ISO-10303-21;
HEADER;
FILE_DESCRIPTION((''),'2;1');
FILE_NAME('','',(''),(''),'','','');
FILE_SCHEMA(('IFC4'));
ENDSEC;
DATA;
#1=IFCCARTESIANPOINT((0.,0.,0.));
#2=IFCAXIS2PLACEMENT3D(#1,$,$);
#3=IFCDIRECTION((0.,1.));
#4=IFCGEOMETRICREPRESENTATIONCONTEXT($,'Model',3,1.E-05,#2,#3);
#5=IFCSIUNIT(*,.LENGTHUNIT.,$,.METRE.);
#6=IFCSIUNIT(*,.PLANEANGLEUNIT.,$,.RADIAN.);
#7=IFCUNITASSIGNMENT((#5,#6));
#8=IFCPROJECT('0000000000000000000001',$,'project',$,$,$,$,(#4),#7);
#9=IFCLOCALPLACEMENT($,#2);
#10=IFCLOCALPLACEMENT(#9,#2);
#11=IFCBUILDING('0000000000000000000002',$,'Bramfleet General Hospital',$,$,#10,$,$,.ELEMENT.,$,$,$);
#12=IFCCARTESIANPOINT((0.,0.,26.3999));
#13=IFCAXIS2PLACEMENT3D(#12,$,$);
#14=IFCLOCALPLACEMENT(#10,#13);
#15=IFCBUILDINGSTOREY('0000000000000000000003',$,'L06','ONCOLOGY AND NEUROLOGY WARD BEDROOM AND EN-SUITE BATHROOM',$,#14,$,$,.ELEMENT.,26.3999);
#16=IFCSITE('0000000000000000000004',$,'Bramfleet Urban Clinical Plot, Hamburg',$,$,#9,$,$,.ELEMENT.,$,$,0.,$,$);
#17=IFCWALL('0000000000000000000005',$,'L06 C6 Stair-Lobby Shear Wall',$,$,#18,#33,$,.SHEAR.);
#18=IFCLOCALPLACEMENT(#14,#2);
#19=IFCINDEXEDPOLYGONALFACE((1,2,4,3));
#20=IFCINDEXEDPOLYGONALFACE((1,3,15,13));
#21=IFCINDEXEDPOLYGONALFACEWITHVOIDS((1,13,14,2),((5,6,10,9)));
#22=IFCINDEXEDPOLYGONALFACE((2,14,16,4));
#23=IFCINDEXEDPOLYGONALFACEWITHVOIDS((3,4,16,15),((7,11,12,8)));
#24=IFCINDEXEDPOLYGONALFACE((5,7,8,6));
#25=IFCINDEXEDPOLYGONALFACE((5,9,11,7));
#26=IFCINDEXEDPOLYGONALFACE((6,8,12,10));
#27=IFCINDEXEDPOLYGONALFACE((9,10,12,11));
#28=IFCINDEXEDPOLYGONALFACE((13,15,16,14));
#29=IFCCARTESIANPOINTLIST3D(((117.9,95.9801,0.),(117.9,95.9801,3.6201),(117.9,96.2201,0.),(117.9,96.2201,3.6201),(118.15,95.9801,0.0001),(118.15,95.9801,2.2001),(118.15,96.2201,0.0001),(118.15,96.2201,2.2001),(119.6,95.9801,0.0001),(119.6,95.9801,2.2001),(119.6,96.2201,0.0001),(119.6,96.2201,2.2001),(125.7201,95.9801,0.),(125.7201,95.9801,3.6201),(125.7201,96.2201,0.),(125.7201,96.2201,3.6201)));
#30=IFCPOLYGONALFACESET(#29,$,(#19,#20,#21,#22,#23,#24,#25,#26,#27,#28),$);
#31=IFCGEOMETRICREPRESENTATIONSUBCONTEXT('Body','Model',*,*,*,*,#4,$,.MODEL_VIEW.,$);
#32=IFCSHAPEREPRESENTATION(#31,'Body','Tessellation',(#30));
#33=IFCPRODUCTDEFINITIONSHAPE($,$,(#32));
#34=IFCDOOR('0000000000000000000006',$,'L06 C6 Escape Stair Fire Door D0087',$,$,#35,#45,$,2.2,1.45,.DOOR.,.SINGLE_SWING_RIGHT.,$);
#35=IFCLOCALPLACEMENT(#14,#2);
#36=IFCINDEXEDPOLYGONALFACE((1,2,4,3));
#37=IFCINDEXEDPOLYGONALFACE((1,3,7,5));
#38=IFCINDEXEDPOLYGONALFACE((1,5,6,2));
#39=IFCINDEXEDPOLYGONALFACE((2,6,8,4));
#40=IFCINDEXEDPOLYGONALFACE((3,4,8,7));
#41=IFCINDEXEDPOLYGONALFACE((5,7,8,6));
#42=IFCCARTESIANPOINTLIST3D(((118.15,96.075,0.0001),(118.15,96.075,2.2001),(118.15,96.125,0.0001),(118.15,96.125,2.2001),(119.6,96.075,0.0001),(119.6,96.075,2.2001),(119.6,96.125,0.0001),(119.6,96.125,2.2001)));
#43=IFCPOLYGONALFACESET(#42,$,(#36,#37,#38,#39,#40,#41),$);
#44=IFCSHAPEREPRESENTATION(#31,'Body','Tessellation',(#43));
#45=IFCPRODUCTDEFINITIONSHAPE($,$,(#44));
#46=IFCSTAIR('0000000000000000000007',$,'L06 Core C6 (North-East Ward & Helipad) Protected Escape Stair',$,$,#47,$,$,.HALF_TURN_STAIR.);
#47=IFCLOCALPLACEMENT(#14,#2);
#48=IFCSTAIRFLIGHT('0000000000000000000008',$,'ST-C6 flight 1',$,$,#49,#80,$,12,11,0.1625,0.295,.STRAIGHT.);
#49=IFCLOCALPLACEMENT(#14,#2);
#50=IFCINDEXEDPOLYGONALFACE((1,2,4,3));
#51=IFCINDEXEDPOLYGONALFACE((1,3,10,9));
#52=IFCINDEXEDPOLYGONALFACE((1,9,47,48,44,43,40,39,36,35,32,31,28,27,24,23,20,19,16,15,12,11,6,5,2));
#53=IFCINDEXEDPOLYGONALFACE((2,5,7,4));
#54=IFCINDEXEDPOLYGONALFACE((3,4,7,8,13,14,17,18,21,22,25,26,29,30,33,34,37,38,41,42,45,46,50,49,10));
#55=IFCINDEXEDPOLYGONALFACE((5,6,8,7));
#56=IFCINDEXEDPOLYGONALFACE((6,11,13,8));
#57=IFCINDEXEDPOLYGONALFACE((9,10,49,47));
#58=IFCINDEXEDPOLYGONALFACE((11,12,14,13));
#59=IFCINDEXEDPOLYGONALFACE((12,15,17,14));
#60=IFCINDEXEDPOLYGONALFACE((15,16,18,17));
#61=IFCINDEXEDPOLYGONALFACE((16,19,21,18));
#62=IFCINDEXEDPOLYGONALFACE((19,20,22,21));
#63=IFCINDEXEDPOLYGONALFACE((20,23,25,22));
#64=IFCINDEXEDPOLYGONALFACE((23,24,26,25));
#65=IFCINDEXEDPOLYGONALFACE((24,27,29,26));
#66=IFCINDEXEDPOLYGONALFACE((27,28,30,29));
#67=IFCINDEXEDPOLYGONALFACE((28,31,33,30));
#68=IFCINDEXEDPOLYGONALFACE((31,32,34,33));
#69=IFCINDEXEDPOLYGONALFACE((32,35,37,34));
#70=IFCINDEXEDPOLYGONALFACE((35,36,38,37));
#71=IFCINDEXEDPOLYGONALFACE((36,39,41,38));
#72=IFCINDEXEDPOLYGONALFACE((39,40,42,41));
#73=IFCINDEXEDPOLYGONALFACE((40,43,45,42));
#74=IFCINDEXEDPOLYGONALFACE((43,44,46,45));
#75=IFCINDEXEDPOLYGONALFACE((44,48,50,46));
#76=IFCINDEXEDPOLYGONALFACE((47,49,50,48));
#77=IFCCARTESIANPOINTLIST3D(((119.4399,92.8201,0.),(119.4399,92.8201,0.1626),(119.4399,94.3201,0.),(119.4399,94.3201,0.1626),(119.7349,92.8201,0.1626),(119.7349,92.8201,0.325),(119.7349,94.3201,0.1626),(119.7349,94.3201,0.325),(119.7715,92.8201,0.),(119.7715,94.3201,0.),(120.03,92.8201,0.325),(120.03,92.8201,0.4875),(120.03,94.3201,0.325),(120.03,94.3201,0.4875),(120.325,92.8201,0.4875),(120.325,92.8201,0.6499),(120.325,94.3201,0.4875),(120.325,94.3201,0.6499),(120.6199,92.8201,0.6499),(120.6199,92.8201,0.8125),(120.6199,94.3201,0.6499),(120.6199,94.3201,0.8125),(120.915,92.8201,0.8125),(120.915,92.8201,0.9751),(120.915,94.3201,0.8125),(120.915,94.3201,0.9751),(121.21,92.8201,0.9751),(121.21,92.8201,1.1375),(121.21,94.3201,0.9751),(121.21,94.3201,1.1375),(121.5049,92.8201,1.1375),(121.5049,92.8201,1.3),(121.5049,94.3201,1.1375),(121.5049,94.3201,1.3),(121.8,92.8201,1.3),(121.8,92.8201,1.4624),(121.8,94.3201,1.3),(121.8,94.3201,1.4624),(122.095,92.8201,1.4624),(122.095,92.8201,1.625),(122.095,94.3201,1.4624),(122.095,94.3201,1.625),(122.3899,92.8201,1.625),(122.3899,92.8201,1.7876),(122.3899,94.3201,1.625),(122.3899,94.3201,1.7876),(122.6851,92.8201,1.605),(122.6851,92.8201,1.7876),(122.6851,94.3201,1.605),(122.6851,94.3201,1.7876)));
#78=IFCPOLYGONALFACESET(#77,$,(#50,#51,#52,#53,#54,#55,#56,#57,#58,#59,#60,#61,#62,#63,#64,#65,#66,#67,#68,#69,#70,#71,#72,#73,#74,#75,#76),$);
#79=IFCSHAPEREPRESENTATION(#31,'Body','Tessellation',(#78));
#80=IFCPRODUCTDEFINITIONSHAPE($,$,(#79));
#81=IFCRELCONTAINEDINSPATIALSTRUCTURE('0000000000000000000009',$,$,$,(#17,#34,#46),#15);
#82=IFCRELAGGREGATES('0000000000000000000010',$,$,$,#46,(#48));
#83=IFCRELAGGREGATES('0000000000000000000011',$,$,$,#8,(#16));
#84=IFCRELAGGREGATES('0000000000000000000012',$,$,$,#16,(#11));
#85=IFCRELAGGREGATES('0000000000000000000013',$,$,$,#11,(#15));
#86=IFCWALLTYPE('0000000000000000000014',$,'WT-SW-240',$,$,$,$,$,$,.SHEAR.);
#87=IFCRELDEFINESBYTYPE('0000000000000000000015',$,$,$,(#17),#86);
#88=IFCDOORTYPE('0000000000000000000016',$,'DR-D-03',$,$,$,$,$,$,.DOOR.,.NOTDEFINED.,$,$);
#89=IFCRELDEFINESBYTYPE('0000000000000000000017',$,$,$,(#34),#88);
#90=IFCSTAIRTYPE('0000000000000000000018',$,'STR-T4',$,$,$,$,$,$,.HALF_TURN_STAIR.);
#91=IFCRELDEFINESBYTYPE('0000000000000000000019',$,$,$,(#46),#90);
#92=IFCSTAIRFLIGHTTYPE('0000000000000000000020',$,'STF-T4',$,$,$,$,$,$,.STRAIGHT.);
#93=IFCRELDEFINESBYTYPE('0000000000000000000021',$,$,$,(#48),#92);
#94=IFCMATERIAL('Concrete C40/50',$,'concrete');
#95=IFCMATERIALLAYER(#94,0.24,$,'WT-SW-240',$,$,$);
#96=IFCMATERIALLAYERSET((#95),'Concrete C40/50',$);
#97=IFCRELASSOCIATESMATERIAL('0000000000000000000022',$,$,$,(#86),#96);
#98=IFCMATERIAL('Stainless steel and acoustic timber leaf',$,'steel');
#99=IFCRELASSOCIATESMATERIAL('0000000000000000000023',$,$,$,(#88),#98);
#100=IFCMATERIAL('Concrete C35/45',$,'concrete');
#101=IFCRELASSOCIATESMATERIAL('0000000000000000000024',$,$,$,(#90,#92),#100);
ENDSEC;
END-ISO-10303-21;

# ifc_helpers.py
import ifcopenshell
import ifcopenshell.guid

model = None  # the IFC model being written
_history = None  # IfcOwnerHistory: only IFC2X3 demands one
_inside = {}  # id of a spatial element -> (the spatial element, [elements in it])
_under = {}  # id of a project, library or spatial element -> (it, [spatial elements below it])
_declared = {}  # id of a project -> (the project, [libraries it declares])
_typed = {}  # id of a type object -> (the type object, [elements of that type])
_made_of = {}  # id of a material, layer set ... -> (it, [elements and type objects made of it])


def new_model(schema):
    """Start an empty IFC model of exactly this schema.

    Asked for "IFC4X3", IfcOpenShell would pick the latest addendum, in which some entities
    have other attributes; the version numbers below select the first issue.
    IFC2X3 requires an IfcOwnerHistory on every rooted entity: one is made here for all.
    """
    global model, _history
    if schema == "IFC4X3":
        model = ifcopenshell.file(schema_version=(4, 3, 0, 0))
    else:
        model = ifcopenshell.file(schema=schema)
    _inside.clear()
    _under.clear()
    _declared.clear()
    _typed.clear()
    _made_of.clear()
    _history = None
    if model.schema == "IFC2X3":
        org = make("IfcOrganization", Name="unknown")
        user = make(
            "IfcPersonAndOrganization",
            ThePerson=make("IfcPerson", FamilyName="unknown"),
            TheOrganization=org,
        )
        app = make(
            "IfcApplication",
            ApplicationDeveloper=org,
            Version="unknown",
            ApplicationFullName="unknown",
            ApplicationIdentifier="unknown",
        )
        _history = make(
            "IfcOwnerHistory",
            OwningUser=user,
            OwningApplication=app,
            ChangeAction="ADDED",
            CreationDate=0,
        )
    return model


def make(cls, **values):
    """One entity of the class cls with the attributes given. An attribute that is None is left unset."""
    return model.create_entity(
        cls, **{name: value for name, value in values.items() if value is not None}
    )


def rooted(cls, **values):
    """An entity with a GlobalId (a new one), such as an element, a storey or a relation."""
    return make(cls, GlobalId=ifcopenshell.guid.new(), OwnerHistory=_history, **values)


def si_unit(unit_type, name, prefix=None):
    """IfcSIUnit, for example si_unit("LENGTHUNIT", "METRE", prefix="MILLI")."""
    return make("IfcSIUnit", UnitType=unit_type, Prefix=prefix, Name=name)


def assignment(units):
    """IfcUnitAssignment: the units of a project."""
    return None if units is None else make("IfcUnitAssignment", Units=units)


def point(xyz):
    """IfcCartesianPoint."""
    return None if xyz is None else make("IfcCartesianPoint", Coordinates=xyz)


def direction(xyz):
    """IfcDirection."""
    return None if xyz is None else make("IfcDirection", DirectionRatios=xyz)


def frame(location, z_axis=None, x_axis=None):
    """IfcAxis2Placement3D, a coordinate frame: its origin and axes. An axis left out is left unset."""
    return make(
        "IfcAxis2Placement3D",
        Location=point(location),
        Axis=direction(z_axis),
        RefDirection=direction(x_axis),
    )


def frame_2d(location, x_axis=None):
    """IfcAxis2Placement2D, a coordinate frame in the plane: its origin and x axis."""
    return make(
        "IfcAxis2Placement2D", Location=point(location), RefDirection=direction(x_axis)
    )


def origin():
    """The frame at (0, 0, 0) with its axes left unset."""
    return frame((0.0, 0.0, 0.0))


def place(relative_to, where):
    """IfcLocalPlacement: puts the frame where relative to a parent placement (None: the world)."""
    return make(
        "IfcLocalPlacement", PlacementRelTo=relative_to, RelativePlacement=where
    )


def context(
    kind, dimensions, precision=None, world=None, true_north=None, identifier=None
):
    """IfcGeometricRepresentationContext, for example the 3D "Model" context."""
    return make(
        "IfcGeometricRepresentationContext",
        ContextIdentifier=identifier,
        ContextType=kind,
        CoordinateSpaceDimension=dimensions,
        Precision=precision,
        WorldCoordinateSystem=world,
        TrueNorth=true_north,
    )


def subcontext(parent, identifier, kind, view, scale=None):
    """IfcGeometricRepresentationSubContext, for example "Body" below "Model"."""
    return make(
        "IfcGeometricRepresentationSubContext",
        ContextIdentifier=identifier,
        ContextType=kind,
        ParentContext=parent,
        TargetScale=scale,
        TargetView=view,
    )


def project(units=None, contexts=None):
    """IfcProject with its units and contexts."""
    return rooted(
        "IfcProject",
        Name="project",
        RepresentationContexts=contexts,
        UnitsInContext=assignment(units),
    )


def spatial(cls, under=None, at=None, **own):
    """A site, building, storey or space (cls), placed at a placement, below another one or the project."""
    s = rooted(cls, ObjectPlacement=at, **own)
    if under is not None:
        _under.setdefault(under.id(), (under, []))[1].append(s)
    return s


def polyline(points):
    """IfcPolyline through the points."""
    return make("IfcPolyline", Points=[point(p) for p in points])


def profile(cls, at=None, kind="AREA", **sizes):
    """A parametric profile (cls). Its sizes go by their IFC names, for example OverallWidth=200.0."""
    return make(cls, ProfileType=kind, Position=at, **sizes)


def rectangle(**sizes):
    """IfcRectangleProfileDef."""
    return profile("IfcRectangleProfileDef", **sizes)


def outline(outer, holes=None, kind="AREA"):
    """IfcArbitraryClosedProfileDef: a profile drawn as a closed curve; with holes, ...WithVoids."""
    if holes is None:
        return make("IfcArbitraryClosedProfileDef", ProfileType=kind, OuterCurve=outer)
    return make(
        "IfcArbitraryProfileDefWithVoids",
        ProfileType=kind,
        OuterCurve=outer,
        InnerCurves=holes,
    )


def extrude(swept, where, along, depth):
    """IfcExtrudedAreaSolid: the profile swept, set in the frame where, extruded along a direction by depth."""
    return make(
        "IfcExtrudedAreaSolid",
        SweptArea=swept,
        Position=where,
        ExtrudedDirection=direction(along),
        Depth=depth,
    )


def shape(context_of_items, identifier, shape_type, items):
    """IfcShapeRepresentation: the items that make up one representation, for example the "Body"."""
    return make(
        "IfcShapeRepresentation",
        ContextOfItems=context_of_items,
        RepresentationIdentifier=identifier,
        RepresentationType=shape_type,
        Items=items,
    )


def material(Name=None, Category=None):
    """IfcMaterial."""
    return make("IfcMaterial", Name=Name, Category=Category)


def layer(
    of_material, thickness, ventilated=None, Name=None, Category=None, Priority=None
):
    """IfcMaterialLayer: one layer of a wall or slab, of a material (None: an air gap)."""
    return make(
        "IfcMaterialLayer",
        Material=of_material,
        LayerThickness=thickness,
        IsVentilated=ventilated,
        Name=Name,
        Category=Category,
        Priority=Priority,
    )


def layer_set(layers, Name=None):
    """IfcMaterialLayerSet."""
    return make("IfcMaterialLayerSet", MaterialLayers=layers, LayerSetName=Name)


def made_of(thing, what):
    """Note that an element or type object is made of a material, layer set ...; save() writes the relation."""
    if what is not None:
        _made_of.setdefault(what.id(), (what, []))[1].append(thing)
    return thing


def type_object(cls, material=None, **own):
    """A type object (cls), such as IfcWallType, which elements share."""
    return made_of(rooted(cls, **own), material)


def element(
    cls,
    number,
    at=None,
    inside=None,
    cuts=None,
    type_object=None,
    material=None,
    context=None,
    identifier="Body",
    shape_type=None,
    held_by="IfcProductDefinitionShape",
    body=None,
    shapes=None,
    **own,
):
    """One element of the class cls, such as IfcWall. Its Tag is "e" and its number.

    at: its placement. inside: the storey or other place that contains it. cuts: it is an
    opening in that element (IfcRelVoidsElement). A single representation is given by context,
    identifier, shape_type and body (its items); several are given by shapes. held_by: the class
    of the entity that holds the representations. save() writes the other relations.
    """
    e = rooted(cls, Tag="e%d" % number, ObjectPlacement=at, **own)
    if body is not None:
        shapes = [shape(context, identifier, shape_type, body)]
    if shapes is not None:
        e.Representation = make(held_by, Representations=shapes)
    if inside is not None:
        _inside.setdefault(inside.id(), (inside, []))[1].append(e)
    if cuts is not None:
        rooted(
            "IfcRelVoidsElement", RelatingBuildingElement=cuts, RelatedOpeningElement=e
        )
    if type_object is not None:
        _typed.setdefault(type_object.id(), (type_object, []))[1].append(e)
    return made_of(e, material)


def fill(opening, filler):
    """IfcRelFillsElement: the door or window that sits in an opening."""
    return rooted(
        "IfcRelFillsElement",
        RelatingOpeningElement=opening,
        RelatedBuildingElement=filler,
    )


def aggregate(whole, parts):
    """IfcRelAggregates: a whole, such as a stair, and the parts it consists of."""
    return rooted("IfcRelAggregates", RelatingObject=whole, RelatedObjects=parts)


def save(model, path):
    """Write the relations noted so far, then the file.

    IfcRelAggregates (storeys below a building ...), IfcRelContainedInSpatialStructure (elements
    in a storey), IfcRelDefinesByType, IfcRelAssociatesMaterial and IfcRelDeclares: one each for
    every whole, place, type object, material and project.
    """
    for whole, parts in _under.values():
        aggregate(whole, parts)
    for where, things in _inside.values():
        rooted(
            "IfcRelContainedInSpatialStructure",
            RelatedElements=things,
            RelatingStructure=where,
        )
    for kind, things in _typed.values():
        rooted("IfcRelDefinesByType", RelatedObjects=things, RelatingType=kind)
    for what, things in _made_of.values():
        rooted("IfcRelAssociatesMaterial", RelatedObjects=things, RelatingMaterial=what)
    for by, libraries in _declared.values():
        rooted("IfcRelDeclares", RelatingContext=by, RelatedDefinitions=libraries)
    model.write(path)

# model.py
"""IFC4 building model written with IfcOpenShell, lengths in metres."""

from ifc_helpers import new_model, si_unit, direction, frame, frame_2d, origin, place, context, subcontext, project, spatial, polyline, rectangle, outline, extrude, material, layer, layer_set, type_object, element, fill, aggregate, save


model = new_model("IFC4")

# Units and contexts
model_context = context("Model", 3, precision=1e-05, world=origin(), true_north=direction((0.0, 1.0)))
body_context = subcontext(model_context, "Body", "Model", "MODEL_VIEW")
ifc_project = project(units=[si_unit("LENGTHUNIT", "METRE"), si_unit("PLANEANGLEUNIT", "RADIAN")], contexts=[model_context])

# Site, building, storey
site_placement = place(None, origin())
site = spatial("IfcSite", under=ifc_project, at=site_placement, Name="Bramfleet Urban Clinical Plot, Hamburg", CompositionType="ELEMENT", RefElevation=0.0)
building_placement = place(site_placement, origin())
building = spatial("IfcBuilding", under=site, at=building_placement, Name="Bramfleet General Hospital", CompositionType="ELEMENT")
storey_placement = place(building_placement, frame((0.0, 0.0, 26.3999)))
storey = spatial("IfcBuildingStorey", under=building, at=storey_placement, Name="L06", Description="ONCOLOGY AND NEUROLOGY WARD BEDROOM AND EN-SUITE BATHROOM", CompositionType="ELEMENT", Elevation=26.3999)

# Shared definitions
ifc_material_1 = material(Name="Concrete C35/45", Category="concrete")

# Shared definitions
ifc_material_2 = material(Name="Stainless steel and acoustic timber leaf", Category="steel")

# Shared definitions
ifc_material_3 = material(Name="Concrete C40/50", Category="concrete")
ifc_layer_1 = layer(ifc_material_3, 0.24, Name="WT-SW-240")
ifc_layer_set_1 = layer_set([ifc_layer_1], Name="Concrete C40/50")
wall_type_1 = type_object("IfcWallType", Name="WT-SW-240", PredefinedType="SHEAR", material=ifc_layer_set_1)

# Wall, opening, door
wall_1_placement = place(storey_placement, frame((117.8999, 96.1001, 0.0), z_axis=(0.0, 0.0, 1.0), x_axis=(1.0, 0.0, 0.0)))
wall_1 = element("IfcWall", 1, at=wall_1_placement, inside=storey, type_object=wall_type_1, Name="L06 C6 Stair-Lobby Shear Wall", PredefinedType="SHEAR", context=body_context, shape_type="SweptSolid", body=[
    extrude(rectangle(XDim=7.8201, YDim=0.24, at=frame_2d((3.9102, 0.0))), origin(), (0.0, 0.0, 1.0), 3.6201),
])
opening_1_placement = place(wall_1_placement, frame((0.25, 0.0, 0.0)))
opening_1 = element("IfcOpeningElement", 2, at=opening_1_placement, cuts=wall_1, PredefinedType="OPENING", context=body_context, shape_type="SweptSolid", body=[
    extrude(rectangle(XDim=1.45, YDim=2.2, at=frame_2d((0.7251, 1.1001))), frame((0.0, 0.1299, 0.0), z_axis=(0.0, -1.0, 0.0), x_axis=(1.0, 0.0, 0.0)), (0.0, 0.0, 1.0), 0.26),
])
door_type_1 = type_object("IfcDoorType", Name="DR-D-03", OperationType="NOTDEFINED", PredefinedType="DOOR", material=ifc_material_2)
door_1_placement = place(opening_1_placement, origin())
door_1 = element("IfcDoor", 3, at=door_1_placement, inside=storey, type_object=door_type_1, Name="L06 C6 Escape Stair Fire Door D0087", OperationType="SINGLE_SWING_RIGHT", OverallHeight=2.2, OverallWidth=1.45, PredefinedType="DOOR", context=body_context, shape_type="SweptSolid", body=[
    extrude(rectangle(XDim=1.45, YDim=2.2, at=frame_2d((0.7251, 1.1001))), frame((0.0, 0.0249, 0.0), z_axis=(0.0, -1.0, 0.0), x_axis=(1.0, 0.0, 0.0)), (0.0, 0.0, 1.0), 0.05),
])
fill(opening_1, door_1)

# Stair, stair flight
stair_type = type_object("IfcStairType", Name="STR-T4", PredefinedType="HALF_TURN_STAIR", material=ifc_material_1)
stair_placement = place(storey_placement, origin())
stair = element("IfcStair", 4, at=stair_placement, inside=storey, type_object=stair_type, Name="L06 Core C6 (North-East Ward & Helipad) Protected Escape Stair", PredefinedType="HALF_TURN_STAIR")
stair_flight_type = type_object("IfcStairFlightType", Name="STF-T4", PredefinedType="STRAIGHT", material=ifc_material_1)
stair_flight_placement = place(storey_placement, frame((119.4399, 93.5701, 0.0), z_axis=(0.0, 0.0, 1.0), x_axis=(1.0, 0.0, 0.0)))
stair_flight = element("IfcStairFlight", 5, at=stair_flight_placement, type_object=stair_flight_type, Name="ST-C6 flight 1", NumberOfRisers=12, NumberOfTreads=11, PredefinedType="STRAIGHT", RiserHeight=0.1625, TreadLength=0.295, context=body_context, shape_type="SweptSolid", body=[
    extrude(outline(polyline([(0.0, 0.0), (0.0, 0.1626), (0.2949, 0.1626), (0.2949, 0.325), (0.5901, 0.325), (0.5901, 0.4875), (0.885, 0.4875), (0.885, 0.6499), (1.1799, 0.6499), (1.1799, 0.8125), (1.4751, 0.8125), (1.4751, 0.9751), (1.77, 0.9751), (1.77, 1.1375), (2.0649, 1.1375), (2.0649, 1.3), (2.3601, 1.3), (2.3601, 1.4624), (2.655, 1.4624), (2.655, 1.625), (2.95, 1.625), (2.95, 1.7876), (3.2451, 1.7876), (3.2451, 1.95), (3.2451, 1.605), (0.3315, 0.0), (0.0, 0.0)])), frame((0.0, 0.75, 0.0), z_axis=(0.0, -1.0, 0.0), x_axis=(1.0, 0.0, 0.0)), (0.0, 0.0, 1.0), 1.5),
])
aggregate(stair, [stair_flight])

save(model, "model.ifc")
